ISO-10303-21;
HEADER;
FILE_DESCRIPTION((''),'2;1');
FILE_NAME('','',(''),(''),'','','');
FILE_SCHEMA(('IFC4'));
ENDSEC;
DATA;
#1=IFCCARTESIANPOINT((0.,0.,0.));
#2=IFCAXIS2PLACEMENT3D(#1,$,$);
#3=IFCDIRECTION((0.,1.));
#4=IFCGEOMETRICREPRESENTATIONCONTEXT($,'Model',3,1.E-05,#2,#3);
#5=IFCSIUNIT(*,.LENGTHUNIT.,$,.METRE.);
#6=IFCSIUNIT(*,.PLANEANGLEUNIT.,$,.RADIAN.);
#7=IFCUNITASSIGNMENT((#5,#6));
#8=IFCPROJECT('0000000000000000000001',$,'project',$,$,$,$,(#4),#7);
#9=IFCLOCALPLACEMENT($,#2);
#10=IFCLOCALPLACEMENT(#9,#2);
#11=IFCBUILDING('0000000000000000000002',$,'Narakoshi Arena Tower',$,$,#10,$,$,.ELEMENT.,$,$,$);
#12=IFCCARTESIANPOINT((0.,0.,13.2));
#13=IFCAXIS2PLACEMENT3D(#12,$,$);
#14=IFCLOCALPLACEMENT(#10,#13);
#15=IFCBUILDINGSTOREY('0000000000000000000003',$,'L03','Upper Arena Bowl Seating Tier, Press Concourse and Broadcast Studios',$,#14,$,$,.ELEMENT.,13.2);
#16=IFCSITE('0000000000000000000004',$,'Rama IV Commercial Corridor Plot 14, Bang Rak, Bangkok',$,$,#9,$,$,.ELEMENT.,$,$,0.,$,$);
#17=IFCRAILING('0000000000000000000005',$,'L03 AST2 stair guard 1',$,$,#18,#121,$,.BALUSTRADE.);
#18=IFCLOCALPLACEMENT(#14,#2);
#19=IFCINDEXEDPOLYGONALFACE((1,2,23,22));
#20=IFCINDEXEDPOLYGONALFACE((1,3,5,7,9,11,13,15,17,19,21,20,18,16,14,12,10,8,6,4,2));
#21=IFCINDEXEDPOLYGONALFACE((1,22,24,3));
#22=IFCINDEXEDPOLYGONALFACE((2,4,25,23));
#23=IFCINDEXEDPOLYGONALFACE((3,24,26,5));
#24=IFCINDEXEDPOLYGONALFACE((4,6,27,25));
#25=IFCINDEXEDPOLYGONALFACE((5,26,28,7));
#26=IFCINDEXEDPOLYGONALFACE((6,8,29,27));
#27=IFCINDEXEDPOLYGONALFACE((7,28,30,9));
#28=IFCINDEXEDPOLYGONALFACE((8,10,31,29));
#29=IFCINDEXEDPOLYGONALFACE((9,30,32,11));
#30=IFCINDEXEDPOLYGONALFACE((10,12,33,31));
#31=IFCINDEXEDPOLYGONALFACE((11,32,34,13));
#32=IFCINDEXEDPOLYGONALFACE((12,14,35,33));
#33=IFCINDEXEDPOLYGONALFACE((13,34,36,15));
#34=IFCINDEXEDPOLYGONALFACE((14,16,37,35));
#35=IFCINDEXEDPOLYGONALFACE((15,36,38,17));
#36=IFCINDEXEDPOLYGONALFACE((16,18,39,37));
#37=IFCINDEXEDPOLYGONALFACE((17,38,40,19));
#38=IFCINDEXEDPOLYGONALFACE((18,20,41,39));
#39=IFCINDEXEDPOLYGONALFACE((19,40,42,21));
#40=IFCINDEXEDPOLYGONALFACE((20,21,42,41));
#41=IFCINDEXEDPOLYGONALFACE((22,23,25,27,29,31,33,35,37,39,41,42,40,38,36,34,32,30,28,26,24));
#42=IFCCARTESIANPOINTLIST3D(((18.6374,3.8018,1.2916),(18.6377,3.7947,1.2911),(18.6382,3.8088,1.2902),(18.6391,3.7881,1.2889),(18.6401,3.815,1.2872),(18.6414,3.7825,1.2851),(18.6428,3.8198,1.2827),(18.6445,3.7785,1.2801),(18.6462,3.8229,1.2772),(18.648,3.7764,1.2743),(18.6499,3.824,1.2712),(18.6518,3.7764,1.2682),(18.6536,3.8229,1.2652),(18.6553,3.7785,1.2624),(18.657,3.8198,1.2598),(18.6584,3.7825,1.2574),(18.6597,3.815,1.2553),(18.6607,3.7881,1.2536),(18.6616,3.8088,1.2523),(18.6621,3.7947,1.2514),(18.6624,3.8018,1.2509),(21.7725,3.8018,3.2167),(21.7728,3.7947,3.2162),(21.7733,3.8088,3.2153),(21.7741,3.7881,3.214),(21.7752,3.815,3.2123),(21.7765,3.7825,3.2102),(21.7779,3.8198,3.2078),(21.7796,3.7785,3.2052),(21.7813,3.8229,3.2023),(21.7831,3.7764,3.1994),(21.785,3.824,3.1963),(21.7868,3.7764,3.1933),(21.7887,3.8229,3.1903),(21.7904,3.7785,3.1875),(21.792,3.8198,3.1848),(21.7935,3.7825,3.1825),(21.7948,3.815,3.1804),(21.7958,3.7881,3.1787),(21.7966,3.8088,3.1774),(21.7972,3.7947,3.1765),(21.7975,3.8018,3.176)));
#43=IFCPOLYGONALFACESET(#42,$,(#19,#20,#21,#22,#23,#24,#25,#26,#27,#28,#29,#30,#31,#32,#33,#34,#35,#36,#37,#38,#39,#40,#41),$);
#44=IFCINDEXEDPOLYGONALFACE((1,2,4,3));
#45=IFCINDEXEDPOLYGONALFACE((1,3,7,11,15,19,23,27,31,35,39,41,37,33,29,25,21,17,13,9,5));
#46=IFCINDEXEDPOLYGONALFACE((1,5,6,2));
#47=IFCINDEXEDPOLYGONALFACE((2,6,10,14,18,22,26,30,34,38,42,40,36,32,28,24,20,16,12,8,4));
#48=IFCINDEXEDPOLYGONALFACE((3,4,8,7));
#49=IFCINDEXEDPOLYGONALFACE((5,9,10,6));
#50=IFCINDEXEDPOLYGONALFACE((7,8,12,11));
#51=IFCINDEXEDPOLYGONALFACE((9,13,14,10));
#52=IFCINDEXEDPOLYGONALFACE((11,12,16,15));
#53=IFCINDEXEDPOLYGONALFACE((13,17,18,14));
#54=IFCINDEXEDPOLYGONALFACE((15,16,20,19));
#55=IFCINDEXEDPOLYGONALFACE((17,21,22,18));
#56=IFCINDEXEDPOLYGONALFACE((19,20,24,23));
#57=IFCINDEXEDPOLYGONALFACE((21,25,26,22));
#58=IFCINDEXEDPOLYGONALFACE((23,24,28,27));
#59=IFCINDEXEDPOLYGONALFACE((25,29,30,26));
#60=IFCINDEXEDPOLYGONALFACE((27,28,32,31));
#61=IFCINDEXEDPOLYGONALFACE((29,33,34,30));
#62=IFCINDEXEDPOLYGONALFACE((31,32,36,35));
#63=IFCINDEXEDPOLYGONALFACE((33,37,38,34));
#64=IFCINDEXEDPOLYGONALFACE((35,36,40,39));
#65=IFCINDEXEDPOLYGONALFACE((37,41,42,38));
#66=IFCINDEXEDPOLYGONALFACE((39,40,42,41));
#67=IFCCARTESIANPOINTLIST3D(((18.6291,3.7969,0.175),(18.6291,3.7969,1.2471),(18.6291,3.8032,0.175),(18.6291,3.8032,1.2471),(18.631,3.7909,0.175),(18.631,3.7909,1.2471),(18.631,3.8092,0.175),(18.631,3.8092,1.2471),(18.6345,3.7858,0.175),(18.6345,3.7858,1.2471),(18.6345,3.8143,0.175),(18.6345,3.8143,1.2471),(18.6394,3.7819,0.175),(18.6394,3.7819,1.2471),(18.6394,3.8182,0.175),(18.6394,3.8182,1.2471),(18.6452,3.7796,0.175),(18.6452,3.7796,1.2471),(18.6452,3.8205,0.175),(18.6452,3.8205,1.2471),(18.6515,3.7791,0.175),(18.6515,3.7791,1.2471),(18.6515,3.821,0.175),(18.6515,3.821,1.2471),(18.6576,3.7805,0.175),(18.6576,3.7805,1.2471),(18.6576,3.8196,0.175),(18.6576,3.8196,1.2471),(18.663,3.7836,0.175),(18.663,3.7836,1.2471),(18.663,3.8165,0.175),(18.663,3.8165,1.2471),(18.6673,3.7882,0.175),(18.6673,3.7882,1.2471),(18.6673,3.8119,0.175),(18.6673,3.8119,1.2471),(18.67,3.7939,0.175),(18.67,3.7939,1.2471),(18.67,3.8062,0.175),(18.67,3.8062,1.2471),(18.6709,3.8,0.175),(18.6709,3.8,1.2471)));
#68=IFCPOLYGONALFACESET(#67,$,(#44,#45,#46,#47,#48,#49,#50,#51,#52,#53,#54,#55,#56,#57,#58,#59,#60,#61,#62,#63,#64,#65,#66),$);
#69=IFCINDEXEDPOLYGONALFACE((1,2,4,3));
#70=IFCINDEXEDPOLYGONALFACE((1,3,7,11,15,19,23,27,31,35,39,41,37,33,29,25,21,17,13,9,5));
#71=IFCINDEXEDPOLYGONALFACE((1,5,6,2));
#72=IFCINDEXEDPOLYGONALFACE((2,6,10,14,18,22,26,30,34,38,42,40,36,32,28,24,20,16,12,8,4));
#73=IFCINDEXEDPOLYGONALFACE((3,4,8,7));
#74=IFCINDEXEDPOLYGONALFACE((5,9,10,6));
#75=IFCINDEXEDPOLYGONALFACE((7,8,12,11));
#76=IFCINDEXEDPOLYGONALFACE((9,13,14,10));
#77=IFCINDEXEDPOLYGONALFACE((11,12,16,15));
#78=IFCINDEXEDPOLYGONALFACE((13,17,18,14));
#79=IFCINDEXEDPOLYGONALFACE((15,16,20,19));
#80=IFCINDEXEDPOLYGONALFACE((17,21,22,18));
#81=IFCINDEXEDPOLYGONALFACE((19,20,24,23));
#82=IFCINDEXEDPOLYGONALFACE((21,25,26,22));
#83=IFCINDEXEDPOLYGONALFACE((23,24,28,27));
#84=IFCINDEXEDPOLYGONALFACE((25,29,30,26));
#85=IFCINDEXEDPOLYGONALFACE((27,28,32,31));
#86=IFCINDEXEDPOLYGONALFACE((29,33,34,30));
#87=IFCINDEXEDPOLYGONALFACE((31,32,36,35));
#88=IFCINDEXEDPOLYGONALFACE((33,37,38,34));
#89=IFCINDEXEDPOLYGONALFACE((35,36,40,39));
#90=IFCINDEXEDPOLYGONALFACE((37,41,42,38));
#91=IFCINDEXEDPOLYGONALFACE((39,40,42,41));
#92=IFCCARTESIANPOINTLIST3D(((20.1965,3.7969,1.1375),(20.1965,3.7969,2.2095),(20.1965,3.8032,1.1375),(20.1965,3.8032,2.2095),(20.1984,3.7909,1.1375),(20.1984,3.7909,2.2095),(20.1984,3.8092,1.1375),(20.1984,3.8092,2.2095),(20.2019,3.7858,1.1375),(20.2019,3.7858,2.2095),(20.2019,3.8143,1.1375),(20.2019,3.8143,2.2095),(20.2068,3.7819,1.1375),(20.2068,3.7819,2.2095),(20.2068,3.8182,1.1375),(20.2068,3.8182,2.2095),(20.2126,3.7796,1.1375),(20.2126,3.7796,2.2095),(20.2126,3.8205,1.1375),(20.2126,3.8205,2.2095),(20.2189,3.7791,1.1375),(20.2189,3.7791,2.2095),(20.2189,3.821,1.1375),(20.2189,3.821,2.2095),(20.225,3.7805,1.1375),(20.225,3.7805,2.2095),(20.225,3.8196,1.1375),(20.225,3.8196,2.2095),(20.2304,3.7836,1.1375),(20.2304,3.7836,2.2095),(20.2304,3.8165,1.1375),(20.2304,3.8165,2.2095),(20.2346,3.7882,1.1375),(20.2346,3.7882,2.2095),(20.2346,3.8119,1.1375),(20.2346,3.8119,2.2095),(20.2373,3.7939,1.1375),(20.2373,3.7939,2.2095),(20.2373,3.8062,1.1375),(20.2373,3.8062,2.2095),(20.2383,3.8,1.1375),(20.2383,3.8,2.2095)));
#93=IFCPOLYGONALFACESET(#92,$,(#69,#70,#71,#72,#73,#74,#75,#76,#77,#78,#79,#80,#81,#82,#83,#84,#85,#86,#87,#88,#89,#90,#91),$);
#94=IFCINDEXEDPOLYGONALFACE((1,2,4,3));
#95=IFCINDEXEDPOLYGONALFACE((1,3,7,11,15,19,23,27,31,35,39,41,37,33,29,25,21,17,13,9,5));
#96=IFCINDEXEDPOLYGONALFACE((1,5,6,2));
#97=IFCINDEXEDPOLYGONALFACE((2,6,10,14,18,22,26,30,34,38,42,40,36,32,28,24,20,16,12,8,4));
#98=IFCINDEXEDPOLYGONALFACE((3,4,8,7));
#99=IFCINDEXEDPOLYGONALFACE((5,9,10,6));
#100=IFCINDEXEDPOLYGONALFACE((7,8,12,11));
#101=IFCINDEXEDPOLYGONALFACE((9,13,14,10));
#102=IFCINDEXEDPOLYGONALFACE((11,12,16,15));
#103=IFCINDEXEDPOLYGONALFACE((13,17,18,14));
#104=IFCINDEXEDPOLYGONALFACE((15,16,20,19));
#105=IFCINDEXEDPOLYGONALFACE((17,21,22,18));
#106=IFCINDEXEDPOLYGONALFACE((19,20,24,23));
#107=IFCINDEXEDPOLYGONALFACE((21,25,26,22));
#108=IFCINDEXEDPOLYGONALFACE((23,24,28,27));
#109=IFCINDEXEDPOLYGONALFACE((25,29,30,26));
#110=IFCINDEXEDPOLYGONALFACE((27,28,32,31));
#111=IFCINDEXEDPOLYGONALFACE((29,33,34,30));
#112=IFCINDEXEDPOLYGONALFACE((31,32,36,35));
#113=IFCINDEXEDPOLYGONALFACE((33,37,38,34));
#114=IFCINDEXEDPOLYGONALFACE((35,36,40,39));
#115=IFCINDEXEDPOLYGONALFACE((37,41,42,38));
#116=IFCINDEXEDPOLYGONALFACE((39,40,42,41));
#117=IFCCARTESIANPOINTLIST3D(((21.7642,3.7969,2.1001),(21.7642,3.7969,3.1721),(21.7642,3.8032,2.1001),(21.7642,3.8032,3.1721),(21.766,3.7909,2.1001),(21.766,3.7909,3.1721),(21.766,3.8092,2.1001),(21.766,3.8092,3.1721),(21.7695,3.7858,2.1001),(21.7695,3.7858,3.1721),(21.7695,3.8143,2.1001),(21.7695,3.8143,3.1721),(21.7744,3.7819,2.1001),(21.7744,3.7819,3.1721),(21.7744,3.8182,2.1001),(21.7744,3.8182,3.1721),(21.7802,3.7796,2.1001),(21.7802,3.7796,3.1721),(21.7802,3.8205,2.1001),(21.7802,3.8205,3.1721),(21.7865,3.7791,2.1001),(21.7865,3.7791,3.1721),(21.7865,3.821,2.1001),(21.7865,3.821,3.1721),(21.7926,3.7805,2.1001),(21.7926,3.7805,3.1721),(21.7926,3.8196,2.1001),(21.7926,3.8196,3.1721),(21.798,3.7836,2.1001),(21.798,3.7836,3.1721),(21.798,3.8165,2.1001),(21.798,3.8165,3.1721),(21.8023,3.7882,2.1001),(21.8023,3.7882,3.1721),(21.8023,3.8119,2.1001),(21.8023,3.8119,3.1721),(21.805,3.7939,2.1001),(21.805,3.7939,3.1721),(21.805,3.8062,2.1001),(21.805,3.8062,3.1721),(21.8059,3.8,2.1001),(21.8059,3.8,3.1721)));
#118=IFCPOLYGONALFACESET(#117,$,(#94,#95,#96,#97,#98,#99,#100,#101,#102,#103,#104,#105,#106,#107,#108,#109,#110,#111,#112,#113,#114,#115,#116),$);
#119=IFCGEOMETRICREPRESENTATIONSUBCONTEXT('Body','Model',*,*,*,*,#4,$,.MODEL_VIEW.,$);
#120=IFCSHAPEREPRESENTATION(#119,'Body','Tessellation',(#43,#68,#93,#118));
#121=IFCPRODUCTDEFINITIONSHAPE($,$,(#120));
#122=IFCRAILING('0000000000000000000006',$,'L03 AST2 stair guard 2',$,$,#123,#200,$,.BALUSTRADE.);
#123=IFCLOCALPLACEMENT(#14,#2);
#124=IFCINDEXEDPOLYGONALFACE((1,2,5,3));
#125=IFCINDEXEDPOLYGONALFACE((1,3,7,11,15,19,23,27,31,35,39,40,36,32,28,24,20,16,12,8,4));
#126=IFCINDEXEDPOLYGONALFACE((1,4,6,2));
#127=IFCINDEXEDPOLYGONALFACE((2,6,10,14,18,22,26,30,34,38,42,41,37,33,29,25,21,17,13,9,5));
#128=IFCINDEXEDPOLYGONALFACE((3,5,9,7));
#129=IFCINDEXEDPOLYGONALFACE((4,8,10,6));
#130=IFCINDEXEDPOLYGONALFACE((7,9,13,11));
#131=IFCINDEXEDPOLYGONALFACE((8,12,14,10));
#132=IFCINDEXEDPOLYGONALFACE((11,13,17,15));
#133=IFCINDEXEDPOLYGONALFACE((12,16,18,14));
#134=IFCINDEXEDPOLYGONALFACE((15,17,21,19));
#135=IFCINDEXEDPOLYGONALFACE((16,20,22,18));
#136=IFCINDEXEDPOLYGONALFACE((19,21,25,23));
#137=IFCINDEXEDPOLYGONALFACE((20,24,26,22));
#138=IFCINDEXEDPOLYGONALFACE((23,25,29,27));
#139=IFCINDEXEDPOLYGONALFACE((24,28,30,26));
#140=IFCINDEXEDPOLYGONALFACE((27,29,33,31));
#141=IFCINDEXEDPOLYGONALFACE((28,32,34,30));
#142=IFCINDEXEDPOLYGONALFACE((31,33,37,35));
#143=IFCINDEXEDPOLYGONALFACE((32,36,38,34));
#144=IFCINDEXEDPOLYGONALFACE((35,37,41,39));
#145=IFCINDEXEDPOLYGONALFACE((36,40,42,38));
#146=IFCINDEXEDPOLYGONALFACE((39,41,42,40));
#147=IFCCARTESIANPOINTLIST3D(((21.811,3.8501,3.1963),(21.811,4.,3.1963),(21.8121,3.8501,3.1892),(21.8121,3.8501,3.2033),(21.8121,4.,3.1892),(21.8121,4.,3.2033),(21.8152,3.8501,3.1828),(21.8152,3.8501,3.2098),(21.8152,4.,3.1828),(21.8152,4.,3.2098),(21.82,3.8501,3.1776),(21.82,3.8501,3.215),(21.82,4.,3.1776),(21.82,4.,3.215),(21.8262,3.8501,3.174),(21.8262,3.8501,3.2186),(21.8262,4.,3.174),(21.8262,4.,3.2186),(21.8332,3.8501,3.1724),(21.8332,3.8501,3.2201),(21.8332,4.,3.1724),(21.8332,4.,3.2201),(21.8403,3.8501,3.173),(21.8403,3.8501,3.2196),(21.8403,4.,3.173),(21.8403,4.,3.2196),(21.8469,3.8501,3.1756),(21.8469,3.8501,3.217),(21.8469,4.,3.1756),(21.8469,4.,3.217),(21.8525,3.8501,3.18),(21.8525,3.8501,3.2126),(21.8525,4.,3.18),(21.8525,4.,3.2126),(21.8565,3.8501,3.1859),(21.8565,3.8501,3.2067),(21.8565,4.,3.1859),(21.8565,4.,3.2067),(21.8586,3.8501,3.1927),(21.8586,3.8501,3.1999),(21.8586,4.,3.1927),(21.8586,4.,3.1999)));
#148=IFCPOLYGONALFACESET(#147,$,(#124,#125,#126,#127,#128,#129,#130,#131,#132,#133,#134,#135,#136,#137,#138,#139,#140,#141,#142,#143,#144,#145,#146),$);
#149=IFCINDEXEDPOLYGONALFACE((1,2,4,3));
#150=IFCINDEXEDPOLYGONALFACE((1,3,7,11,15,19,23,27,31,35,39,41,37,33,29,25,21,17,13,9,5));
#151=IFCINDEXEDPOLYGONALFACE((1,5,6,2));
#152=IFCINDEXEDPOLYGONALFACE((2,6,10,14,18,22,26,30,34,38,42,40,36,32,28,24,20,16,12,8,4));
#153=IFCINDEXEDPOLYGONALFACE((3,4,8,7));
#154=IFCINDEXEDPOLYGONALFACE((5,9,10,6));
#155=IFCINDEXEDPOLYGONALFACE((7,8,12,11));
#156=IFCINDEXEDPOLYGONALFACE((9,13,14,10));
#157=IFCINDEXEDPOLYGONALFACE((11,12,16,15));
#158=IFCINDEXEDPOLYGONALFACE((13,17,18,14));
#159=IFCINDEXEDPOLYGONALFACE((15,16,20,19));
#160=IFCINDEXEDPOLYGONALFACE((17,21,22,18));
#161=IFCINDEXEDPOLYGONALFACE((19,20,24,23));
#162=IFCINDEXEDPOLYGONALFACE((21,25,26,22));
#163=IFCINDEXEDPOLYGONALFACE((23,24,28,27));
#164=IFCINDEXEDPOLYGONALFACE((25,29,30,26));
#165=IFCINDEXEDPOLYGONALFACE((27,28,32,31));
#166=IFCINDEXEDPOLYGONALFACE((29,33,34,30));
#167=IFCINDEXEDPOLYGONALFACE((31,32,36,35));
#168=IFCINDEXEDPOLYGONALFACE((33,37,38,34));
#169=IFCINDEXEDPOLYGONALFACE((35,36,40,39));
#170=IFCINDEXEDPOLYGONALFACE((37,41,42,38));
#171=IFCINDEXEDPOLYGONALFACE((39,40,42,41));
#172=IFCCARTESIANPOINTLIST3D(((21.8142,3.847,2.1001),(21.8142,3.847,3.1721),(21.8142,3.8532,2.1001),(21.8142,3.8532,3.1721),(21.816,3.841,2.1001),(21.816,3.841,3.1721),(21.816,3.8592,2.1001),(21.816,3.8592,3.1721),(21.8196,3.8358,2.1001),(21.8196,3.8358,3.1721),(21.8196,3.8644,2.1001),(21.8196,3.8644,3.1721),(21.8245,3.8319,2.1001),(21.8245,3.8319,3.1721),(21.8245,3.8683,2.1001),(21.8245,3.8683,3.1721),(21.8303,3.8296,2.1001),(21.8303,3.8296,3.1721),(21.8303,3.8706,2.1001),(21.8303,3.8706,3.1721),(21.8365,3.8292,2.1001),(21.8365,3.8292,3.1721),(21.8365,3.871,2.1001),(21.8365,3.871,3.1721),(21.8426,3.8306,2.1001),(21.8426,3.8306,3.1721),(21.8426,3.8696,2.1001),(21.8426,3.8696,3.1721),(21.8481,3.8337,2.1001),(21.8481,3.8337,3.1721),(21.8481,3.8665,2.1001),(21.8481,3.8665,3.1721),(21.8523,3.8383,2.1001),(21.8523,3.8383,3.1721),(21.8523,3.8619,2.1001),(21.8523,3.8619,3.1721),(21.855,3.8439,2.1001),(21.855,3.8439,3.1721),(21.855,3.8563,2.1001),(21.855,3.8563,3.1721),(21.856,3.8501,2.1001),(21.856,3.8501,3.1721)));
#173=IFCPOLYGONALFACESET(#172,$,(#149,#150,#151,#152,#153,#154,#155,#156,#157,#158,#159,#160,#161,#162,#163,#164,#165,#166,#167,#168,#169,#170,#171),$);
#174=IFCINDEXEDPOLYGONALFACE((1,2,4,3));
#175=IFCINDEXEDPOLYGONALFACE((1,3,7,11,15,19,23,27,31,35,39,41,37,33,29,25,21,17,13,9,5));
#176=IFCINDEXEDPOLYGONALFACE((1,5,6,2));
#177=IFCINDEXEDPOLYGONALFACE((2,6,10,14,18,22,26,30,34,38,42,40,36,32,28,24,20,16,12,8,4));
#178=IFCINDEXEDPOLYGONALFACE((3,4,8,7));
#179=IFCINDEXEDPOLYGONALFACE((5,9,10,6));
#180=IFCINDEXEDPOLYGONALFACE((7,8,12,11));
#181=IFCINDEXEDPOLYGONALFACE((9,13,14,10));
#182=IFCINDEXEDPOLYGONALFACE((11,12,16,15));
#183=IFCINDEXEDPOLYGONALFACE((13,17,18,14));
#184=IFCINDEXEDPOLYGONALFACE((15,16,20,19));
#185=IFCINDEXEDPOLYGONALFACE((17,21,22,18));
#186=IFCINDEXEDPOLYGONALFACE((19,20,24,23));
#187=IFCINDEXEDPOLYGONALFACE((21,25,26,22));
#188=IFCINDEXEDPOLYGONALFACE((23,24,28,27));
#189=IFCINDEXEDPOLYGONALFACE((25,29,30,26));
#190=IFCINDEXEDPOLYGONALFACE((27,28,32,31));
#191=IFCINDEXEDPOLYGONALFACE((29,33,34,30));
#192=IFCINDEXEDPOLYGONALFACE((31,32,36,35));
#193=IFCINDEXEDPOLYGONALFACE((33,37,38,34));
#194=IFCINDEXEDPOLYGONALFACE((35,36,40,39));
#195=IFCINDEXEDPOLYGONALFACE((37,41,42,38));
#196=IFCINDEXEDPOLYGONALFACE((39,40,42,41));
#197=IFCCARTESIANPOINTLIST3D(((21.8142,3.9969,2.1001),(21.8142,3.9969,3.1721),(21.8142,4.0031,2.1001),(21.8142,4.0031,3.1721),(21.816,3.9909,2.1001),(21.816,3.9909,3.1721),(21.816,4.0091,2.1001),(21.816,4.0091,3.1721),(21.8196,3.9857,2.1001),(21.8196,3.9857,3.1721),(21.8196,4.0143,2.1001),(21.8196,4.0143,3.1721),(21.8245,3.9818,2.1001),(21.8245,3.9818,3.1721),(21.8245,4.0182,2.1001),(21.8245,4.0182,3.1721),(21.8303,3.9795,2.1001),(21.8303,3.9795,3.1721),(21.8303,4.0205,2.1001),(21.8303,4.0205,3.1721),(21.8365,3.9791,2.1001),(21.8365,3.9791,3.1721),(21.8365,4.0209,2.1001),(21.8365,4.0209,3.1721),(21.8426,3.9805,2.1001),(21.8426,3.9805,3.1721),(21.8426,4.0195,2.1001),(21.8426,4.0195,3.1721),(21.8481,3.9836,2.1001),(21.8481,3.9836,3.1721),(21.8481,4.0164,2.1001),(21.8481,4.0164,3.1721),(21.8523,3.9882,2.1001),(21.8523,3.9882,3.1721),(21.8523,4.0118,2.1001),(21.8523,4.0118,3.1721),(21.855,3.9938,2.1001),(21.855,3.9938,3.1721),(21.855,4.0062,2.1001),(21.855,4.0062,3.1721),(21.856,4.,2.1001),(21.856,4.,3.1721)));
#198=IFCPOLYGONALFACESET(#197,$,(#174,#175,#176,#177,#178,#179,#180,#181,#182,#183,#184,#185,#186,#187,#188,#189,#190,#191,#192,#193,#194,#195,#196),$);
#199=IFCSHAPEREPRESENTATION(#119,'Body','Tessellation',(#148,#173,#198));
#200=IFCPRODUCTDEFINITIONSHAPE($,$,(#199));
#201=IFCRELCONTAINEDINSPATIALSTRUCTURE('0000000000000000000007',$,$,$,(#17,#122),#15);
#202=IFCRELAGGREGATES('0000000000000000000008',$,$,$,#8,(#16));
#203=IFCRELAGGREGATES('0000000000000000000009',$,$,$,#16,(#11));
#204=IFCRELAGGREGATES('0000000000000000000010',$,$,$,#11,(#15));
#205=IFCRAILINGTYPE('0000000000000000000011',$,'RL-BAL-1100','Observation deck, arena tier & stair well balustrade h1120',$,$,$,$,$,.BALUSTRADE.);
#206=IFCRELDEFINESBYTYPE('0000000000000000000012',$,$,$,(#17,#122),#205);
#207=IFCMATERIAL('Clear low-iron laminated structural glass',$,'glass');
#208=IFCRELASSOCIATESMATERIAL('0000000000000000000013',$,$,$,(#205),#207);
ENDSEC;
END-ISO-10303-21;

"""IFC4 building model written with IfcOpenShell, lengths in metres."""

from ifc_helpers import new_model, si_unit, direction, frame, origin, origin_2d, place, context, subcontext, project, spatial, circle, extrude, material, type_object, element, save


model = new_model("IFC4")

# Units and contexts
model_context = context("Model", 3, precision=1e-05, world=origin(), true_north=direction((0.0, 1.0)))
body_context = subcontext(model_context, "Body", "Model", "MODEL_VIEW")
ifc_project = project(units=[si_unit("LENGTHUNIT", "METRE"), si_unit("PLANEANGLEUNIT", "RADIAN")], contexts=[model_context])

# Site, building, storey
site_placement = place(None, origin())
site = spatial("IfcSite", under=ifc_project, at=site_placement, Name="Rama IV Commercial Corridor Plot 14, Bang Rak, Bangkok", CompositionType="ELEMENT", RefElevation=0.0)
building_placement = place(site_placement, origin())
building = spatial("IfcBuilding", under=site, at=building_placement, Name="Narakoshi Arena Tower", CompositionType="ELEMENT")
storey_placement = place(building_placement, frame((0.0, 0.0, 13.2)))
storey = spatial("IfcBuildingStorey", under=building, at=storey_placement, Name="L03", Description="Upper Arena Bowl Seating Tier, Press Concourse and Broadcast Studios", CompositionType="ELEMENT", Elevation=13.2)

# Railings
ifc_material_1 = material(Name="Clear low-iron laminated structural glass", Category="glass")
railing_type_1 = type_object("IfcRailingType", Name="RL-BAL-1100", Description="Observation deck, arena tier & stair well balustrade h1120", PredefinedType="BALUSTRADE", material=ifc_material_1)
railing_1_placement = place(storey_placement, frame((18.6499, 3.8, 0.175)))
element("IfcRailing", 1, at=railing_1_placement, inside=storey, type_object=railing_type_1, Name="L03 AST2 stair guard 1", PredefinedType="BALUSTRADE", context=body_context, shape_type="SweptSolid", body=[
    extrude(circle(Radius=0.0239, at=origin_2d()), frame((0.0, 0.0, 1.0962), z_axis=(0.852166, 0.0, 0.523271), x_axis=(0.0, 1.0, 0.0)), (0.0, 0.0, 1.0), 3.679),
    extrude(circle(Radius=0.021, at=origin_2d()), origin(), (0.0, 0.0, 1.0), 1.072),
    extrude(circle(Radius=0.021, at=origin_2d()), frame((1.5674, 0.0, 0.9624)), (0.0, 0.0, 1.0), 1.072),
    extrude(circle(Radius=0.021, at=origin_2d()), frame((3.135, 0.0, 1.925)), (0.0, 0.0, 1.0), 1.072),
])
railing_2_placement = place(storey_placement, frame((21.835, 3.8501, 2.1001)))
element("IfcRailing", 2, at=railing_2_placement, inside=storey, type_object=railing_type_1, Name="L03 AST2 stair guard 2", PredefinedType="BALUSTRADE", context=body_context, shape_type="SweptSolid", body=[
    extrude(circle(Radius=0.0239, at=origin_2d()), frame((0.0, 0.0, 1.0962), z_axis=(0.0, 1.0, 0.0), x_axis=(-1.0, 0.0, 0.0)), (0.0, 0.0, 1.0), 0.1499),
    extrude(circle(Radius=0.021, at=origin_2d()), origin(), (0.0, 0.0, 1.0), 1.072),
    extrude(circle(Radius=0.021, at=origin_2d()), frame((0.0, 0.1499, 0.0)), (0.0, 0.0, 1.0), 1.072),
])

save(model, "model.ifc")
